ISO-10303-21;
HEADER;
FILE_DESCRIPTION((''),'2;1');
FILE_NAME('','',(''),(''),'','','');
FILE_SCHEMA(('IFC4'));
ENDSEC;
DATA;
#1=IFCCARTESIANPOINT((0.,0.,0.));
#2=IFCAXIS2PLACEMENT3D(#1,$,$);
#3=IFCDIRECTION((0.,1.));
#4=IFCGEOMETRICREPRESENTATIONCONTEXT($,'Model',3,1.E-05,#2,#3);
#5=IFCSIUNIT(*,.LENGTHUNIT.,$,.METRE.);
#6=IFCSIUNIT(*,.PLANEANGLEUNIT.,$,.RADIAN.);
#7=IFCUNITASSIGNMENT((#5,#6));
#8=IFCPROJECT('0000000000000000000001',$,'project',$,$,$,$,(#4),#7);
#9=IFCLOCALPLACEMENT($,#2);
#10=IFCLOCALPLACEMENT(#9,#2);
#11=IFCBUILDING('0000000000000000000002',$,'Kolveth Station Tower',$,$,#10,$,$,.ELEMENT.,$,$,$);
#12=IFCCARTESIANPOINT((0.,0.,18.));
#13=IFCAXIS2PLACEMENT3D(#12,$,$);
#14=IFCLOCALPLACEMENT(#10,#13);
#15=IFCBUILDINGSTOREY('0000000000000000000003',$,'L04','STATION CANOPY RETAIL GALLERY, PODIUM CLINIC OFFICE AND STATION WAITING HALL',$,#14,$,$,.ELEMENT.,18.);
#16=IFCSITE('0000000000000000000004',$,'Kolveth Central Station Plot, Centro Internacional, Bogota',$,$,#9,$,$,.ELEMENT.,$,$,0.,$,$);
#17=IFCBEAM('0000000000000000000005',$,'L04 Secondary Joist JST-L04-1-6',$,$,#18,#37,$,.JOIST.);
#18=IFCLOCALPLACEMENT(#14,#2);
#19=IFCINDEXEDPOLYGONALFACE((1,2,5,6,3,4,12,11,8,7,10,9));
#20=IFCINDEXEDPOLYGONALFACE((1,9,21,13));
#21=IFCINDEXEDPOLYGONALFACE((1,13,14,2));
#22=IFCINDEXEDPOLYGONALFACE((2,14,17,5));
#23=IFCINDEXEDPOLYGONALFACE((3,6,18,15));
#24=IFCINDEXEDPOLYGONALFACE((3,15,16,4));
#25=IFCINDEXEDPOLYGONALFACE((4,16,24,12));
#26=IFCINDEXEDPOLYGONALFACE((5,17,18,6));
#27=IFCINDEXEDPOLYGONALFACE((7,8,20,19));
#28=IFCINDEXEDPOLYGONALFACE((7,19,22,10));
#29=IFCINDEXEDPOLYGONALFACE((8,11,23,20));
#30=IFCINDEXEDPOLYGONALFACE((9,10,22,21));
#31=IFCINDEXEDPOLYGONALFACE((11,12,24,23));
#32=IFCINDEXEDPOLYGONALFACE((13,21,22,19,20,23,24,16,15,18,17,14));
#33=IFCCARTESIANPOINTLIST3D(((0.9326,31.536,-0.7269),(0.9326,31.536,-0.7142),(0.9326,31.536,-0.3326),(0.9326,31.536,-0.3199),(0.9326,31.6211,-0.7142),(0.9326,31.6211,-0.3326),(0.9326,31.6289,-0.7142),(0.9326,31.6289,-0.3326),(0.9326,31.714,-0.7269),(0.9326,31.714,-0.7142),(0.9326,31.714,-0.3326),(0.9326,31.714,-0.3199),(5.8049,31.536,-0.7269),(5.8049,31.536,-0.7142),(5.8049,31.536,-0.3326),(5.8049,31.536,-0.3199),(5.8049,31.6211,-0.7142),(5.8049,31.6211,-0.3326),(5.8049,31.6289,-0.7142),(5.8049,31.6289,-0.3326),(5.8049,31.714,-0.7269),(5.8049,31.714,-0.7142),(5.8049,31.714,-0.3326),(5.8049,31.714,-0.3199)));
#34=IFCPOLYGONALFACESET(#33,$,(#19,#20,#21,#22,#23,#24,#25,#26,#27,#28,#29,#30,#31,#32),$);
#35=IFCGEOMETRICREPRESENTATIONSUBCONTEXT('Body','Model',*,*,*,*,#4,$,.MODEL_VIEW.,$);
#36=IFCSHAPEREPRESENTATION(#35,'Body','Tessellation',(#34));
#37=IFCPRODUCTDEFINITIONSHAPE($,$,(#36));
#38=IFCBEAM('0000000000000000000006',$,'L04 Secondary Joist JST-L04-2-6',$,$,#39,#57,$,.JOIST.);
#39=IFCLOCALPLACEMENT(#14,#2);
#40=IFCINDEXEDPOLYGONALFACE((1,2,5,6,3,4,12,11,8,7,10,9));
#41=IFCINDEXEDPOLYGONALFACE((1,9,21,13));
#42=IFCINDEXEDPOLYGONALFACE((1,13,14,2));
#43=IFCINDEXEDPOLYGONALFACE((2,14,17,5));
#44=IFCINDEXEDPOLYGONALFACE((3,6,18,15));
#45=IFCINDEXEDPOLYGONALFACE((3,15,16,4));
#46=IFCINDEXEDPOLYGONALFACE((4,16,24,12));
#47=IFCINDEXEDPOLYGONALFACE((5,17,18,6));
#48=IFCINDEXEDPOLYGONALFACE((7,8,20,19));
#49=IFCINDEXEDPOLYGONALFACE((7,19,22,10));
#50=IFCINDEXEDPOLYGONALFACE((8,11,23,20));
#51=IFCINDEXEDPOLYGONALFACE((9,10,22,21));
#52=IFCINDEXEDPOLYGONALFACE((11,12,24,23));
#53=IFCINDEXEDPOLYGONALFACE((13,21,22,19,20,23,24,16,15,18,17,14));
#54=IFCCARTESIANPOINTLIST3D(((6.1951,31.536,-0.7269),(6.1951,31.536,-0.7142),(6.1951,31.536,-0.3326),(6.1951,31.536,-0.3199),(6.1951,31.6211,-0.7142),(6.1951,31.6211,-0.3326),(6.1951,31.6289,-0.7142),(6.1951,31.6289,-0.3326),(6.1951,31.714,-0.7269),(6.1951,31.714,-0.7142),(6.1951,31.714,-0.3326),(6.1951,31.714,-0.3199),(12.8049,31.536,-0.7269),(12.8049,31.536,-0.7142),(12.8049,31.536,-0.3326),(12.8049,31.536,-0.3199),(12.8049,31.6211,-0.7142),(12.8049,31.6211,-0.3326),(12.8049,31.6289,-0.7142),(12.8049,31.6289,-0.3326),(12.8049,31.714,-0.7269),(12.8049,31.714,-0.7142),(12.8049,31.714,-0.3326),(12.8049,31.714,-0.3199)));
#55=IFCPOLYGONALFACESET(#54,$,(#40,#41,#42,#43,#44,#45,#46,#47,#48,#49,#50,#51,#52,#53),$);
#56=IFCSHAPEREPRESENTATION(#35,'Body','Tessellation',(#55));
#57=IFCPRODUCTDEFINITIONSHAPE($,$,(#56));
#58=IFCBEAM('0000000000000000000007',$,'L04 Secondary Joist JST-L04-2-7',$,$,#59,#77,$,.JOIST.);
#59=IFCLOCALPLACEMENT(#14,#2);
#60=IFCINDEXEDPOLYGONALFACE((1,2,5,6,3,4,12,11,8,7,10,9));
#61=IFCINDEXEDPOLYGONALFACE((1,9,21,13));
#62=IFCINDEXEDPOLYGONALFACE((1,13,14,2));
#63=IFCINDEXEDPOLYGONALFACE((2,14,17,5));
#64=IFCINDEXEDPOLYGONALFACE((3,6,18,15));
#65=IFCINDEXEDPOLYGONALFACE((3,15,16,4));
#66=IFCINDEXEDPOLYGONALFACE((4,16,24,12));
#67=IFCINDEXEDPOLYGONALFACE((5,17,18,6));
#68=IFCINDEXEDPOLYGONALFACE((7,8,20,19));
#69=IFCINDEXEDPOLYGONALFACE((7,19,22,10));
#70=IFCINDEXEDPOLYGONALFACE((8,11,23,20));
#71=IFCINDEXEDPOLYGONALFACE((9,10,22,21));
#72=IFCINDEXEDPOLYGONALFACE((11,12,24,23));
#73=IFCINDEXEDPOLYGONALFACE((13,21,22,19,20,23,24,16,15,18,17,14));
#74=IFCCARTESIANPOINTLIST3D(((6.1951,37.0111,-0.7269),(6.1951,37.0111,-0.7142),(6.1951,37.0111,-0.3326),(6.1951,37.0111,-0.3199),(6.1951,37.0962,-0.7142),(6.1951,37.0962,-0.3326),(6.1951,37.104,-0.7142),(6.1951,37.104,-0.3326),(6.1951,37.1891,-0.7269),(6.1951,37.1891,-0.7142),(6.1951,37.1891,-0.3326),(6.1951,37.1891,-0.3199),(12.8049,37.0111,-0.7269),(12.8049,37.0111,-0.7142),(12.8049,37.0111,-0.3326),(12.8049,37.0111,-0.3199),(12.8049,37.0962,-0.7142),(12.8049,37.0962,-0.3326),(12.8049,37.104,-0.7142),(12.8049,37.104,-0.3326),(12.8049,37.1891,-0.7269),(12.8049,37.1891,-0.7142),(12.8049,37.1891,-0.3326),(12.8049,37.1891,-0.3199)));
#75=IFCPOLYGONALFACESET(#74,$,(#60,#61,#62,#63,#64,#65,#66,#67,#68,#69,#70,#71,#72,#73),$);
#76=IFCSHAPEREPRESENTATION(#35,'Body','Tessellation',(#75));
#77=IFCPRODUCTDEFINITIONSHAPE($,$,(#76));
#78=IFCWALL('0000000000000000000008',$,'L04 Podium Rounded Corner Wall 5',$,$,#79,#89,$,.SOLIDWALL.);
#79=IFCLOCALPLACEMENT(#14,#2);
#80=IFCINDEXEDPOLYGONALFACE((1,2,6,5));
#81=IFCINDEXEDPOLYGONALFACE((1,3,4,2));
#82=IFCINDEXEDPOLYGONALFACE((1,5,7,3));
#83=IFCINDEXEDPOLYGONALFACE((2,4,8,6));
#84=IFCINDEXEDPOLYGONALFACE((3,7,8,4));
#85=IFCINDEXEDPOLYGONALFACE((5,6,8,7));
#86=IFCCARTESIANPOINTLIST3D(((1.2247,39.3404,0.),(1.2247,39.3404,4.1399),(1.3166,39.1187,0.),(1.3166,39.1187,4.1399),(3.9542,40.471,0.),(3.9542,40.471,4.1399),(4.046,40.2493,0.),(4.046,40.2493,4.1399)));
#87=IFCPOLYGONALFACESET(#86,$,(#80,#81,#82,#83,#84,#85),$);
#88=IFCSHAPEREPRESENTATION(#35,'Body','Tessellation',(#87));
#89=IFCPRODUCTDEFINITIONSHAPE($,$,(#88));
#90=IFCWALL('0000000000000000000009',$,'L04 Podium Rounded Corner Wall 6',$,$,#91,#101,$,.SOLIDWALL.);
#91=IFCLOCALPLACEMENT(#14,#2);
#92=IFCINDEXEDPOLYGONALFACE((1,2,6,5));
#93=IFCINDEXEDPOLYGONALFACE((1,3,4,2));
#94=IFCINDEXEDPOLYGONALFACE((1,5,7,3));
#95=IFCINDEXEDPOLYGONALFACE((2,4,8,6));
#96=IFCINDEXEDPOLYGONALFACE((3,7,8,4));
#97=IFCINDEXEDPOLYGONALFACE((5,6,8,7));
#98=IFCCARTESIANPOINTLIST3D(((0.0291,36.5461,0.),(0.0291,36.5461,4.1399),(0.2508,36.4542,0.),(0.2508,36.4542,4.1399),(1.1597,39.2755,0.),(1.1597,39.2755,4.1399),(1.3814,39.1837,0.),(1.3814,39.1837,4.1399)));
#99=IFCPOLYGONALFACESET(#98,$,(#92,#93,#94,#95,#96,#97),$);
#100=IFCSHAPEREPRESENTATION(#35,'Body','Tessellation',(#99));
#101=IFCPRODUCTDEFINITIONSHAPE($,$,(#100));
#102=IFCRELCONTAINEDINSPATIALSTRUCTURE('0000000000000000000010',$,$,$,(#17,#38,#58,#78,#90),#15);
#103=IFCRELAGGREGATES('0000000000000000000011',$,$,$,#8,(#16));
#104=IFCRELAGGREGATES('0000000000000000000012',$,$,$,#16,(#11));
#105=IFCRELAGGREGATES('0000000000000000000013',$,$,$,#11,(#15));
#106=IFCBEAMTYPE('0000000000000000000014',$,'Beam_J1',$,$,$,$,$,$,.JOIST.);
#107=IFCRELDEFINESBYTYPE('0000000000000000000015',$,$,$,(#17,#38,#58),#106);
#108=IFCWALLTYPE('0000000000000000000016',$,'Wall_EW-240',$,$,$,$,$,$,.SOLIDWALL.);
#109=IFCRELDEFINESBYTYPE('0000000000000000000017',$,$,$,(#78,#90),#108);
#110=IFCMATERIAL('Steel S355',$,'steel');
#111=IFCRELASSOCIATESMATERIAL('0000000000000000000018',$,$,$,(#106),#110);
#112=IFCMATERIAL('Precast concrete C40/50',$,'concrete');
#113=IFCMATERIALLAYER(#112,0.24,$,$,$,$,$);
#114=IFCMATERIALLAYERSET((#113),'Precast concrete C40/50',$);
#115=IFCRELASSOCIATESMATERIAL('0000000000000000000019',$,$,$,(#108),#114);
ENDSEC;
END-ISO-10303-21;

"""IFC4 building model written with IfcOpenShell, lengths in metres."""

from ifc_helpers import new_model, si_unit, direction, frame, frame_2d, origin, origin_2d, place, context, subcontext, project, spatial, rectangle, i_section, extrude, source, transform, mapped, material, layer, layer_set, material_profile, profile_set, type_object, element, save


model = new_model("IFC4")

# Units and contexts
model_context = context("Model", 3, precision=1e-05, world=origin(), true_north=direction((0.0, 1.0)))
body_context = subcontext(model_context, "Body", "Model", "MODEL_VIEW")
ifc_project = project(units=[si_unit("LENGTHUNIT", "METRE"), si_unit("PLANEANGLEUNIT", "RADIAN")], contexts=[model_context])

# Site, building, storey
site_placement = place(None, origin())
site = spatial("IfcSite", under=ifc_project, at=site_placement, Name="Kolveth Central Station Plot, Centro Internacional, Bogota", CompositionType="ELEMENT", RefElevation=0.0)
building_placement = place(site_placement, origin())
building = spatial("IfcBuilding", under=site, at=building_placement, Name="Kolveth Station Tower", CompositionType="ELEMENT")
storey_placement = place(building_placement, frame((0.0, 0.0, 18.0)))
storey = spatial("IfcBuildingStorey", under=building, at=storey_placement, Name="L04", Description="STATION CANOPY RETAIL GALLERY, PODIUM CLINIC OFFICE AND STATION WAITING HALL", CompositionType="ELEMENT", Elevation=18.0)

# Beams
ifc_material_1 = material(Name="Steel S355", Category="steel")
ifc_material_profile_1 = material_profile(ifc_material_1, i_section(OverallWidth=0.178, OverallDepth=0.407, WebThickness=0.0078, FlangeThickness=0.0127, at=origin_2d()), Name="W410x60")
ifc_profile_set_1 = profile_set([ifc_material_profile_1], Name="Steel S355")
beam_type_1 = type_object("IfcBeamType", Name="Beam_J1", PredefinedType="JOIST", material=ifc_profile_set_1)
shared_shape_1 = source(origin(), body_context, "Body", "SweptSolid", [
    extrude(i_section(OverallWidth=0.178, OverallDepth=0.407, WebThickness=0.0078, FlangeThickness=0.0127, at=origin_2d()), origin(), (0.0, 0.0, 1.0), 4.8723),
])
beam_1_placement = place(storey_placement, frame((0.9326, 31.625, -0.5234), z_axis=(1.0, 0.0, 0.0), x_axis=(0.0, 1.0, 0.0)))
element("IfcBeam", 1, at=beam_1_placement, inside=storey, type_object=beam_type_1, Name="L04 Secondary Joist JST-L04-1-6", PredefinedType="JOIST", context=body_context, shape_type="MappedRepresentation", body=[
    mapped(shared_shape_1, transform((0.0, 0.0, 0.0), x_axis=(1.0, 0.0, 0.0), y_axis=(0.0, 1.0, 0.0), z_axis=(0.0, 0.0, 1.0), scale=1.0)),
])
shared_shape_2 = source(origin(), body_context, "Body", "SweptSolid", [
    extrude(i_section(OverallWidth=0.178, OverallDepth=0.407, WebThickness=0.0078, FlangeThickness=0.0127, at=origin_2d()), origin(), (0.0, 0.0, 1.0), 6.6099),
])
for number, where, z_axis, x_axis, name in (
    (2, (6.1951, 31.625, -0.5234), (1.0, 0.0, 0.0), (0.0, 1.0, 0.0), "L04 Secondary Joist JST-L04-2-6"),
    (3, (6.1951, 37.1001, -0.5234), (1.0, 0.0, 0.0), (0.0, 1.0, 0.0), "L04 Secondary Joist JST-L04-2-7"),
):
    element("IfcBeam", number, at=place(storey_placement, frame(where, z_axis=z_axis, x_axis=x_axis)), inside=storey, type_object=beam_type_1, Name=name, PredefinedType="JOIST", context=body_context, shape_type="MappedRepresentation", body=[
        mapped(shared_shape_2, transform((0.0, 0.0, 0.0), x_axis=(1.0, 0.0, 0.0), y_axis=(0.0, 1.0, 0.0), z_axis=(0.0, 0.0, 1.0), scale=1.0)),
    ])

# Walls
ifc_material_2 = material(Name="Precast concrete C40/50", Category="concrete")
ifc_layer_1 = layer(ifc_material_2, 0.24)
ifc_layer_set_1 = layer_set([ifc_layer_1], Name="Precast concrete C40/50")
wall_type_1 = type_object("IfcWallType", Name="Wall_EW-240", PredefinedType="SOLIDWALL", material=ifc_layer_set_1)
for number, where, z_axis, x_axis, name in (
    (4, (4.0, 40.3601, 0.0), (0.0, 0.0, 1.0), (-0.923877, -0.38269, 0.0), "L04 Podium Rounded Corner Wall 5"),
    (5, (1.2705, 39.2295, 0.0), (0.0, 0.0, 1.0), (-0.38269, -0.923877, 0.0), "L04 Podium Rounded Corner Wall 6"),
):
    element("IfcWall", number, at=place(storey_placement, frame(where, z_axis=z_axis, x_axis=x_axis)), inside=storey, type_object=wall_type_1, Name=name, PredefinedType="SOLIDWALL", context=body_context, shape_type="SweptSolid", body=[
        extrude(rectangle(XDim=2.9543, YDim=0.24, at=frame_2d((1.4771, 0.0))), origin(), (0.0, 0.0, 1.0), 4.1399),
    ])

save(model, "model.ifc")
